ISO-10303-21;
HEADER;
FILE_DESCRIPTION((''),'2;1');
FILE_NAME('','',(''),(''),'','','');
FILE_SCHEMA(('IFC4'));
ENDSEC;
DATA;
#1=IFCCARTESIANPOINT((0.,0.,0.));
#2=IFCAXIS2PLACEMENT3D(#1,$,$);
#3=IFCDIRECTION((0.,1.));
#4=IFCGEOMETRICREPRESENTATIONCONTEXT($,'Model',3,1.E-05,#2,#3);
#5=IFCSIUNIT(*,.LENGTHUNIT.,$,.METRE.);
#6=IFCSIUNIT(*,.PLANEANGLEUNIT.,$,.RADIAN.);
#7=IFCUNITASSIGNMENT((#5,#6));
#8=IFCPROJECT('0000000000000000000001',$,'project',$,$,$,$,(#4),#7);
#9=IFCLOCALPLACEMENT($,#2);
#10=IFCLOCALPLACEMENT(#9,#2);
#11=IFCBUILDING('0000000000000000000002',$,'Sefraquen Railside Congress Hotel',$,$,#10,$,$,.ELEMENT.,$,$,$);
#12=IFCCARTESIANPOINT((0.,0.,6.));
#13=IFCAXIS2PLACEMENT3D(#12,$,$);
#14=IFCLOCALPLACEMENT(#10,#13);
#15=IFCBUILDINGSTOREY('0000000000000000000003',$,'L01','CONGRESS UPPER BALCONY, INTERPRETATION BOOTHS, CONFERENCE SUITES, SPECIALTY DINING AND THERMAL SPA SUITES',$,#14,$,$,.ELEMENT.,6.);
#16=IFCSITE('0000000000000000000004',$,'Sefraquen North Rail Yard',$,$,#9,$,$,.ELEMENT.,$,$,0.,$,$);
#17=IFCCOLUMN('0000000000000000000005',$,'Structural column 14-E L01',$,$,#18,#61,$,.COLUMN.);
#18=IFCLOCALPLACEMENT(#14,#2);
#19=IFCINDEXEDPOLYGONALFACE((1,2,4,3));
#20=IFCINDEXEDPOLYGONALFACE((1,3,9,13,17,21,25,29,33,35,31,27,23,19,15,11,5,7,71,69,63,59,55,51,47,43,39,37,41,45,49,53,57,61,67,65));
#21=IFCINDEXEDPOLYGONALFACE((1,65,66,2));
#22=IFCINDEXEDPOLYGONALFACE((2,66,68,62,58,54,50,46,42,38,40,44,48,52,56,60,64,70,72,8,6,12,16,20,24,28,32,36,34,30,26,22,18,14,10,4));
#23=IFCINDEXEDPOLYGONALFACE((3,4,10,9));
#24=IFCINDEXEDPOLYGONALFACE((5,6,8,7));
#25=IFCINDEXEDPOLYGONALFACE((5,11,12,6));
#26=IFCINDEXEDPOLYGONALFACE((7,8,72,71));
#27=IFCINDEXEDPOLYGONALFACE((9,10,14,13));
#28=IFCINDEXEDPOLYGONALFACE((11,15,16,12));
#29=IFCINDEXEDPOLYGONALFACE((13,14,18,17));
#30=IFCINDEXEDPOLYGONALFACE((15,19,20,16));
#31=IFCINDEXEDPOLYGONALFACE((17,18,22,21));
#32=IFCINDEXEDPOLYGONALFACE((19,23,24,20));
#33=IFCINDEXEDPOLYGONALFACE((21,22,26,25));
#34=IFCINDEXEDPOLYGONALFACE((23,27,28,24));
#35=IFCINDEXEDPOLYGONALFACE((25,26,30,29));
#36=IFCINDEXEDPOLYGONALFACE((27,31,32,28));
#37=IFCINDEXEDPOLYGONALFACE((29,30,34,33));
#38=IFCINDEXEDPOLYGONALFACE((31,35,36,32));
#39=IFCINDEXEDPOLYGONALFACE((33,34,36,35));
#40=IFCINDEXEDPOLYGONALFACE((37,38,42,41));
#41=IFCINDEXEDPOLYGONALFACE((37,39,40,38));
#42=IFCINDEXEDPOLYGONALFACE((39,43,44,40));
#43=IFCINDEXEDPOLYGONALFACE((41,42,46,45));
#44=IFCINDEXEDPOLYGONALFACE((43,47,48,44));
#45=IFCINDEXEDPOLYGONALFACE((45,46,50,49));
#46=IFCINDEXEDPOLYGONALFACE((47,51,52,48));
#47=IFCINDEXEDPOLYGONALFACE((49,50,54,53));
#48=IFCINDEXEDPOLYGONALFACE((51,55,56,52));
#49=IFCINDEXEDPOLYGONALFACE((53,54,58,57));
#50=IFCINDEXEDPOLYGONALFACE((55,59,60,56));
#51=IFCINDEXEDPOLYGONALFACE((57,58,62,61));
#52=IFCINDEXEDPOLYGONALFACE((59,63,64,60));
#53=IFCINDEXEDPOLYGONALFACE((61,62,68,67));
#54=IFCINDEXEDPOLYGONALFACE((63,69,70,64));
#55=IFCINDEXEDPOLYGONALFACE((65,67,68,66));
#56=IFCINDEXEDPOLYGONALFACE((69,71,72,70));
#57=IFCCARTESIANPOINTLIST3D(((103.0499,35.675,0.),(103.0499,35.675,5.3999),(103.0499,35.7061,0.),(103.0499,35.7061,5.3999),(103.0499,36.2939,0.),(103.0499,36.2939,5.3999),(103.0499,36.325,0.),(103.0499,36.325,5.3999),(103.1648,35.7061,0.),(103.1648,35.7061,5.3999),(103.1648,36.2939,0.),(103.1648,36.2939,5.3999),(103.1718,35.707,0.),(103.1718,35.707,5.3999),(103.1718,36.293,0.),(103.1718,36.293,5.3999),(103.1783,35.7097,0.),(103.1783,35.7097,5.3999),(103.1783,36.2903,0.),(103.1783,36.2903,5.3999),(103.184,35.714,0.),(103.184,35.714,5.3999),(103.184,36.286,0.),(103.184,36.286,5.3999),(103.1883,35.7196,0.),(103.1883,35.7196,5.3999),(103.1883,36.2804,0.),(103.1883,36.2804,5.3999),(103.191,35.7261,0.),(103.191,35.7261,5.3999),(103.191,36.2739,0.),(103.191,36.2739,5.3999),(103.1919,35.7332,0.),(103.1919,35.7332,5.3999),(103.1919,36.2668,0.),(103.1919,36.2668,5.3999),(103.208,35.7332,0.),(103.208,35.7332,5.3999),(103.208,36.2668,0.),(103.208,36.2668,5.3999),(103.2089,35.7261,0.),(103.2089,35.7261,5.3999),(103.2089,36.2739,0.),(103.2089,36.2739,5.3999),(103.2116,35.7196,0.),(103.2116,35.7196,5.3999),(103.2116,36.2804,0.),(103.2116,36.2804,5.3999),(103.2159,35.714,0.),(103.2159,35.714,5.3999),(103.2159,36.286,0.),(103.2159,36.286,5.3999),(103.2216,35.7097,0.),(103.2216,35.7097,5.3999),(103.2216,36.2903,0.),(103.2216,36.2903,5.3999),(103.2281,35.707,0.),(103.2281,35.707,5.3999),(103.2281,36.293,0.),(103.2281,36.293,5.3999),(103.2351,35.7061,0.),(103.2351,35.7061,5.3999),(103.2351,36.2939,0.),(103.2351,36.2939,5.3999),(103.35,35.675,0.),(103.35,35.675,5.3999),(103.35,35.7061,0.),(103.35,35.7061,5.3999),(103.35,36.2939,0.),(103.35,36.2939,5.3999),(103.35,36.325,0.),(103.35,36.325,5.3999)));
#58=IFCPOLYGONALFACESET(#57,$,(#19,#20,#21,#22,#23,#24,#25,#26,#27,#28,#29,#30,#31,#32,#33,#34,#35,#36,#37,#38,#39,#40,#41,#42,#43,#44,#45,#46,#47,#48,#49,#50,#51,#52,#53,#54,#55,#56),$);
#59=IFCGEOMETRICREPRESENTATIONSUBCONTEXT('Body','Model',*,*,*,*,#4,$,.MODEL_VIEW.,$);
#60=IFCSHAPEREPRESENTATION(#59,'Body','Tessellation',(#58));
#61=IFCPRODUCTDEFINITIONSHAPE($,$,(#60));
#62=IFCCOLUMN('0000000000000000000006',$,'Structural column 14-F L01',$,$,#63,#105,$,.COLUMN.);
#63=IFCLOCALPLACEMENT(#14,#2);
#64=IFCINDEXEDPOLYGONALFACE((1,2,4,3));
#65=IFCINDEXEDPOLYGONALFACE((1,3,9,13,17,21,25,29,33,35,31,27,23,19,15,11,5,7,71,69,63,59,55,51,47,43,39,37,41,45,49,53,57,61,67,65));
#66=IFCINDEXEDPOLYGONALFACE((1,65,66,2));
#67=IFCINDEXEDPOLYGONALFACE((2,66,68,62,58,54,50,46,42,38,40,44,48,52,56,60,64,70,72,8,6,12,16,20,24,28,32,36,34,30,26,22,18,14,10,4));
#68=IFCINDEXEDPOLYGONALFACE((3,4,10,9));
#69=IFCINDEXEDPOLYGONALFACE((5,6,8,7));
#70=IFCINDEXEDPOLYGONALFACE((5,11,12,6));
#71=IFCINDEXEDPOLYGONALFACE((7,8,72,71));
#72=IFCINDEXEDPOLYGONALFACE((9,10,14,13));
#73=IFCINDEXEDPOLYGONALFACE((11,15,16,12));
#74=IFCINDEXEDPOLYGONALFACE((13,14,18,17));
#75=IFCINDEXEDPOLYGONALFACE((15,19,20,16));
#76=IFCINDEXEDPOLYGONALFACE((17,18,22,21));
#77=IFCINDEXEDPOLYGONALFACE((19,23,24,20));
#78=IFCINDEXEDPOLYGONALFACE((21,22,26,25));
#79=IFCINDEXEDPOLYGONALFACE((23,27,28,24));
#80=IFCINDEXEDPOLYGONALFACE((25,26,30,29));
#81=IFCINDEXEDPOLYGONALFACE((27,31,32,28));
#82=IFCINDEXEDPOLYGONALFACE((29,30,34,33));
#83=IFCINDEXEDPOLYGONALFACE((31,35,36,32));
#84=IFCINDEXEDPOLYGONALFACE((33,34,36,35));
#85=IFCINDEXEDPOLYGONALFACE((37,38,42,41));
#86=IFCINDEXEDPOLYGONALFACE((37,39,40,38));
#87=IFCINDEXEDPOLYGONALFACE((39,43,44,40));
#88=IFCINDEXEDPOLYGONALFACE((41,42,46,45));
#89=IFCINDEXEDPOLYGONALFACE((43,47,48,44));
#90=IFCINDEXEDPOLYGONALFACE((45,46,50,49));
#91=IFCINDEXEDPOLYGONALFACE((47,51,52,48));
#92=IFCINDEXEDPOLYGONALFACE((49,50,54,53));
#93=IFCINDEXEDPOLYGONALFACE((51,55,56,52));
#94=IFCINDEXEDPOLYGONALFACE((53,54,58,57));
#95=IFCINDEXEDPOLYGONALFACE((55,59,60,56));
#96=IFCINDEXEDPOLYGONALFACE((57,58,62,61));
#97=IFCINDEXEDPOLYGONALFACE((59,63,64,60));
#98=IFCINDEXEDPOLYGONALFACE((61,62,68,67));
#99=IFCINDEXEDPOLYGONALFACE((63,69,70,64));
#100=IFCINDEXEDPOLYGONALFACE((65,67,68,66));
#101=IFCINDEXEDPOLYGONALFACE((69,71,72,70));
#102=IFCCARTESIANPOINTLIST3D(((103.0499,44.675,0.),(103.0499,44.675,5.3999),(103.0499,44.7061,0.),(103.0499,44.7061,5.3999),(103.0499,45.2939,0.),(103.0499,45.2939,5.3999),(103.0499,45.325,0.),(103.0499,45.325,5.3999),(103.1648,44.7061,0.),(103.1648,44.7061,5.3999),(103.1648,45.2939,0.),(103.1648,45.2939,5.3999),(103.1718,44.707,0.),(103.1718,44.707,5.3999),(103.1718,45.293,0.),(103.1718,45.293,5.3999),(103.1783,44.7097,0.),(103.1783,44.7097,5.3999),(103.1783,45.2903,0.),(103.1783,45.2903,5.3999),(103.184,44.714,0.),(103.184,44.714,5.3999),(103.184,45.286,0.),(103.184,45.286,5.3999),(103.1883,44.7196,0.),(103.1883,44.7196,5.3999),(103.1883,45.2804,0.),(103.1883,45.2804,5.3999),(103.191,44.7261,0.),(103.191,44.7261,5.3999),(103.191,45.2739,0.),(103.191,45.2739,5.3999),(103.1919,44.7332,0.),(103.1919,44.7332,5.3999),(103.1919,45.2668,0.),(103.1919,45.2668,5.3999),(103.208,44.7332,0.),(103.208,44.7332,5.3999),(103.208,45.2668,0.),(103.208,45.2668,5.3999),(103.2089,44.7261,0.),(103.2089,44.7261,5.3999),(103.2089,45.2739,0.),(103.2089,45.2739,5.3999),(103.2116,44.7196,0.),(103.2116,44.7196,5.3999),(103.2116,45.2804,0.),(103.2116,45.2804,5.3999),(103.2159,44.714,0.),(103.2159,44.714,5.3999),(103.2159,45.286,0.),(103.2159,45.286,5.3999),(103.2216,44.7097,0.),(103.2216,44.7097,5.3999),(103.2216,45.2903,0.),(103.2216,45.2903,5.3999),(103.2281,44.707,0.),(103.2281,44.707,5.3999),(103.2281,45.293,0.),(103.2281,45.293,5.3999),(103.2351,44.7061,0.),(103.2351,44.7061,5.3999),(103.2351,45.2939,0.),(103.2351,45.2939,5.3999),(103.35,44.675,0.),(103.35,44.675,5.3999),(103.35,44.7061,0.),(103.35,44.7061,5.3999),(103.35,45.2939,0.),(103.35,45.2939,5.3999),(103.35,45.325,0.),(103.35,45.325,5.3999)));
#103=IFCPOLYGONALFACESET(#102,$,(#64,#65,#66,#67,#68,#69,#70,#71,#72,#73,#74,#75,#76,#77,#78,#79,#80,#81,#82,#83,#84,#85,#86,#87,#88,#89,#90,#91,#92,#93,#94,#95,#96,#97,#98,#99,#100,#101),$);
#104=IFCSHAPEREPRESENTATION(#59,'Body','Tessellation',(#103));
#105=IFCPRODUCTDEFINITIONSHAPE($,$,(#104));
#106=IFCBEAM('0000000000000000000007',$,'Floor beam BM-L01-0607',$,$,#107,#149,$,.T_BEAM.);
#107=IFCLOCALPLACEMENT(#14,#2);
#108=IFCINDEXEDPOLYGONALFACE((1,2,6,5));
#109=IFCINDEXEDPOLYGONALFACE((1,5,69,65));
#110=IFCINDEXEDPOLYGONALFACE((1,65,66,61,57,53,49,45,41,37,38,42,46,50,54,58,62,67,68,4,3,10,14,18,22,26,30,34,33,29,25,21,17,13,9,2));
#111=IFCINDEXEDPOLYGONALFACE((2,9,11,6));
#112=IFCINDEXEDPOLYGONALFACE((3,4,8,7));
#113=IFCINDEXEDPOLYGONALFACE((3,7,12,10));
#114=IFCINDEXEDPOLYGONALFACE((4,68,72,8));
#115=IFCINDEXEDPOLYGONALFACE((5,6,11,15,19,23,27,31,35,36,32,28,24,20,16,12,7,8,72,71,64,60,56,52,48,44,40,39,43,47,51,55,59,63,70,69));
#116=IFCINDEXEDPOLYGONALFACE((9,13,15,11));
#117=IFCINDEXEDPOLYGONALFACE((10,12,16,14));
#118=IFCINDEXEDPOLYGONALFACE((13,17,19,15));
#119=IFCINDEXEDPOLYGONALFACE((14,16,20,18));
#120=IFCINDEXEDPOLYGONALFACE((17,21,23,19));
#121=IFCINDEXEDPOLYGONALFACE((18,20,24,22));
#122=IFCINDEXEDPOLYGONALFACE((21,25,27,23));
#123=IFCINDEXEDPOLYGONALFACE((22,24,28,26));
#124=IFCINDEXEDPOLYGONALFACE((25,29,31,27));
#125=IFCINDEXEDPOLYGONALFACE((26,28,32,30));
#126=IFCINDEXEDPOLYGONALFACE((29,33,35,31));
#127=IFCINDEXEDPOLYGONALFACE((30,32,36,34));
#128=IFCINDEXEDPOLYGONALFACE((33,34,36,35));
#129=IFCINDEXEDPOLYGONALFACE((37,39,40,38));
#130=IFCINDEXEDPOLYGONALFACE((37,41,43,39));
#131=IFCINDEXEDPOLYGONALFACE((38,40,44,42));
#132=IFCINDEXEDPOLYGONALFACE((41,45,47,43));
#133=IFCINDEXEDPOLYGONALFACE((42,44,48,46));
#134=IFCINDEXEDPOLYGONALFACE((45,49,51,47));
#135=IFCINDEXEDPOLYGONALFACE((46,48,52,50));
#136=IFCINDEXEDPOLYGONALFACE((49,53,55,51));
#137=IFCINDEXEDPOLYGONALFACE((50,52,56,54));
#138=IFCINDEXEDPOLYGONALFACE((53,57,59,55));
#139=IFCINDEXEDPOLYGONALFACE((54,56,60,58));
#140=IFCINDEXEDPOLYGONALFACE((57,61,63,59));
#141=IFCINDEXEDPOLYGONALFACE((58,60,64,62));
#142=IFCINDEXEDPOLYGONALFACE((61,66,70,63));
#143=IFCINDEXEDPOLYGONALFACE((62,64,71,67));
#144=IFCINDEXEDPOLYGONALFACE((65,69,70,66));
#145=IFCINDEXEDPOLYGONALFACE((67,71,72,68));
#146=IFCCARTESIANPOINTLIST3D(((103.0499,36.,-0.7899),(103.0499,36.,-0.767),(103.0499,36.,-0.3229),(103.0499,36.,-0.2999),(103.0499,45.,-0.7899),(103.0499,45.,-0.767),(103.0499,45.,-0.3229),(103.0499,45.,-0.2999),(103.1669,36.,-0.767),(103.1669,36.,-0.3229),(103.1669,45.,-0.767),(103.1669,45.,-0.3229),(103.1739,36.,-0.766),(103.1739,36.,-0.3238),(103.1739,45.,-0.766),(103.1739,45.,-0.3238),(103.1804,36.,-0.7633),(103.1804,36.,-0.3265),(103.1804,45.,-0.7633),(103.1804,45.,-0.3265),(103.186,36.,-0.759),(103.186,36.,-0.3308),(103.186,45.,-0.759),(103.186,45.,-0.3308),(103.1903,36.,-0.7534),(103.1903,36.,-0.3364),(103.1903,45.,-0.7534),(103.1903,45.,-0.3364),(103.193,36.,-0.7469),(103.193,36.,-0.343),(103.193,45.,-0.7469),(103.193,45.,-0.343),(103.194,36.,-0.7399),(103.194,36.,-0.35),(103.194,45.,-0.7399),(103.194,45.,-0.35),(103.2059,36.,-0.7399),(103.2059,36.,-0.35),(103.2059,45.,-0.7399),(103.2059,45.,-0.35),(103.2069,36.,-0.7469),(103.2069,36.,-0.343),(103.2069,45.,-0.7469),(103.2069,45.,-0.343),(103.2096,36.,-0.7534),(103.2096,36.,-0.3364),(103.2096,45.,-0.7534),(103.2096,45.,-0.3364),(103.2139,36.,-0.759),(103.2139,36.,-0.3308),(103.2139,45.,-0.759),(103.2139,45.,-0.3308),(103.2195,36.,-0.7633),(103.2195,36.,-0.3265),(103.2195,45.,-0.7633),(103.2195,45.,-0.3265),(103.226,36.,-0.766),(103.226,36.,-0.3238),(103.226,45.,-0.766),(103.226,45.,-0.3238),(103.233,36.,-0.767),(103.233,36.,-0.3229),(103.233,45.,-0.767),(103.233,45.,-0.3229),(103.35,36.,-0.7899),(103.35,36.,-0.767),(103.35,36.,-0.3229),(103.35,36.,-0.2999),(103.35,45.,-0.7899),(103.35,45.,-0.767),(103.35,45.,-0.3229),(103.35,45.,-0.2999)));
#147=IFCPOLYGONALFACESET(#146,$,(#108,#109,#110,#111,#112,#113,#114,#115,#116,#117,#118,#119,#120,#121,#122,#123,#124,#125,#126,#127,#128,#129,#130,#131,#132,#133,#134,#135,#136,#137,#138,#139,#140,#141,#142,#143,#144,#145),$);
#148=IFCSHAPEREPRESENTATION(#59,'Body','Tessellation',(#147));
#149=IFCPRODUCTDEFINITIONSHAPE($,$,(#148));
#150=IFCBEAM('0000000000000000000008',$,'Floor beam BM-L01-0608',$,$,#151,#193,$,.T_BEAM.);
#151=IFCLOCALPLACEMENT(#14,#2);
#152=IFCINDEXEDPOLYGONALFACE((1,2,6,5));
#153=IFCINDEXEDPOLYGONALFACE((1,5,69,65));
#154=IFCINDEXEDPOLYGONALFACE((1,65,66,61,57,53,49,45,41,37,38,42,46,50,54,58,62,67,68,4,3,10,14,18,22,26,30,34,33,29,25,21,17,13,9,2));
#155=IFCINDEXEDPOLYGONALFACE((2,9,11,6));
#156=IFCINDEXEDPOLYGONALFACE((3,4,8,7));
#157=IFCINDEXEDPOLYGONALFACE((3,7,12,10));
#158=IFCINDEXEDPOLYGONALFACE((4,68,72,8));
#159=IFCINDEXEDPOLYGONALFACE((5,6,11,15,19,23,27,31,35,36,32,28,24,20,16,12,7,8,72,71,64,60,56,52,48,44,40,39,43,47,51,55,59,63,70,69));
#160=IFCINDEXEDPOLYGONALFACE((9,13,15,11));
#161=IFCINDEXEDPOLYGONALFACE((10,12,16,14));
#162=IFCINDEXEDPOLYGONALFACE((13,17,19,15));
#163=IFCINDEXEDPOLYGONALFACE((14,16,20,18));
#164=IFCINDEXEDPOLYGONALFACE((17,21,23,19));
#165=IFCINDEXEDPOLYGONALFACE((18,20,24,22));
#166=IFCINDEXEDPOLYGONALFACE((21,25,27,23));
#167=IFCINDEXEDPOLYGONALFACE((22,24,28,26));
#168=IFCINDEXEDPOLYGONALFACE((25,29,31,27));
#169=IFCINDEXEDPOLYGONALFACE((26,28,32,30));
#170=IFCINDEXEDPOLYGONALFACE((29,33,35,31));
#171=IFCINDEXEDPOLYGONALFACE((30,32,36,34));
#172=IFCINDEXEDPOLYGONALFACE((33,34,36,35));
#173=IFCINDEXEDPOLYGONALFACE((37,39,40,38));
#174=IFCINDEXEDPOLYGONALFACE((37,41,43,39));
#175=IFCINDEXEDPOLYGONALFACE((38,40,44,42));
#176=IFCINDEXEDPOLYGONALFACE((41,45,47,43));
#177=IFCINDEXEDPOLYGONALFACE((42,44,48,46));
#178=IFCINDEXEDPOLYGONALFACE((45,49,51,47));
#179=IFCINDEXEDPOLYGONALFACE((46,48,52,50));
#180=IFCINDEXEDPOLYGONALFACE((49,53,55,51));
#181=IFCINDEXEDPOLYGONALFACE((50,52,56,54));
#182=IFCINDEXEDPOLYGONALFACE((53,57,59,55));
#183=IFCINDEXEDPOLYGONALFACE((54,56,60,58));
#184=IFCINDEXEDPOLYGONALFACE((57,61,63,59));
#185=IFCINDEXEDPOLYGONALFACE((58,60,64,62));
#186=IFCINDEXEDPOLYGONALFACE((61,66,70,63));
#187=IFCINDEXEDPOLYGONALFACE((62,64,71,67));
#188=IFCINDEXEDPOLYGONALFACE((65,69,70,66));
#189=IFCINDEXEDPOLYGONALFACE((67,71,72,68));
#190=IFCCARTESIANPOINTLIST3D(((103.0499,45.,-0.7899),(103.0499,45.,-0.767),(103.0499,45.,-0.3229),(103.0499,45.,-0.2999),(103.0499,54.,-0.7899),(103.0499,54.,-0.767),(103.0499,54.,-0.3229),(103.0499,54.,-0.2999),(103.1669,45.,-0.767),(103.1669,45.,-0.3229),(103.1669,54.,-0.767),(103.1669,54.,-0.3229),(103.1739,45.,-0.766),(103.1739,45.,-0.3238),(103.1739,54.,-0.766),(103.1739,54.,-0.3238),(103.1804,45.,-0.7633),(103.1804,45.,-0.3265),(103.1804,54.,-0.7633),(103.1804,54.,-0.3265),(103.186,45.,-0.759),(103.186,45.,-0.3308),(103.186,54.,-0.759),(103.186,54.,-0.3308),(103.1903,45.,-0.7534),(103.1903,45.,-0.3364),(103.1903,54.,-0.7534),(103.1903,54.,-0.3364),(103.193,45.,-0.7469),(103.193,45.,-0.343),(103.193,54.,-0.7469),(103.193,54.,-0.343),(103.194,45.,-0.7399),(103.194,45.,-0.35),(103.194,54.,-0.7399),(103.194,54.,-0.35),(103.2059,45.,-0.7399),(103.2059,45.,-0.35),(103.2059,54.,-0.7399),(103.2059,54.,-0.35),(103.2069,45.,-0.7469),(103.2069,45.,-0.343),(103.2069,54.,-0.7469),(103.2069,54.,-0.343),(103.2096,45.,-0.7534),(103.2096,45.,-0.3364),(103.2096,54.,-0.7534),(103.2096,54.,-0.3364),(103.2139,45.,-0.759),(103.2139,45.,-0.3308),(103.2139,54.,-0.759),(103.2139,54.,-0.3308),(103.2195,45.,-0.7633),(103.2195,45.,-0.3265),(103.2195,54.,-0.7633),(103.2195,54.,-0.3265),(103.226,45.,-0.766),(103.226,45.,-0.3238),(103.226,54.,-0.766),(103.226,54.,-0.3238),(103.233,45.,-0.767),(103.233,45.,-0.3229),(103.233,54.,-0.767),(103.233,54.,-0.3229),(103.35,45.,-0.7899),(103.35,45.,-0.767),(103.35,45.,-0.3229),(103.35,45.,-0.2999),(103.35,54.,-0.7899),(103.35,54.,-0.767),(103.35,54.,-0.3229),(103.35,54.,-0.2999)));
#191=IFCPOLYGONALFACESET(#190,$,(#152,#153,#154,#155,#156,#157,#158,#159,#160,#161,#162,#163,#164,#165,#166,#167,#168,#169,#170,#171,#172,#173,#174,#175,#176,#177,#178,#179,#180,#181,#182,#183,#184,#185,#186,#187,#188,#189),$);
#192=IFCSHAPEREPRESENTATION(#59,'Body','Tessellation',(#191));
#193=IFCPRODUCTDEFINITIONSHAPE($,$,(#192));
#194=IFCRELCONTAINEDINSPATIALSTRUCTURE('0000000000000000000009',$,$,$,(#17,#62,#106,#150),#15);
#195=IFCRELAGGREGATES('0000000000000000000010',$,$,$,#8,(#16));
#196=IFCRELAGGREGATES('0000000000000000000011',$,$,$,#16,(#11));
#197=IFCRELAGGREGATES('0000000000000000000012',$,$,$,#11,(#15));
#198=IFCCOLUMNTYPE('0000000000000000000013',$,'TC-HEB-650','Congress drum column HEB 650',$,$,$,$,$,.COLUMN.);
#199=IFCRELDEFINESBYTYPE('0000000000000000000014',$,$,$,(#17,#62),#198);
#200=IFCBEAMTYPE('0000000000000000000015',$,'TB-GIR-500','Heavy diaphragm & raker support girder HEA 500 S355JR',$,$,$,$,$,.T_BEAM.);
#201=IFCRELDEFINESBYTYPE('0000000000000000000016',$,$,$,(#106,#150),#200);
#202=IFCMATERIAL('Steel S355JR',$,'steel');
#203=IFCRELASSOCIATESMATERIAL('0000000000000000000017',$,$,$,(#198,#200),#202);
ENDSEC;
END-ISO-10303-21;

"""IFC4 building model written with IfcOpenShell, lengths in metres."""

from ifc_helpers import new_model, si_unit, direction, frame, origin, origin_2d, place, context, subcontext, project, spatial, i_section, extrude, material, material_profile, profile_set, type_object, element, save


model = new_model("IFC4")

# Units and contexts
model_context = context("Model", 3, precision=1e-05, world=origin(), true_north=direction((0.0, 1.0)))
body_context = subcontext(model_context, "Body", "Model", "MODEL_VIEW")
ifc_project = project(units=[si_unit("LENGTHUNIT", "METRE"), si_unit("PLANEANGLEUNIT", "RADIAN")], contexts=[model_context])

# Site, building, storey
site_placement = place(None, origin())
site = spatial("IfcSite", under=ifc_project, at=site_placement, Name="Sefraquen North Rail Yard", CompositionType="ELEMENT", RefElevation=0.0)
building_placement = place(site_placement, origin())
building = spatial("IfcBuilding", under=site, at=building_placement, Name="Sefraquen Railside Congress Hotel", CompositionType="ELEMENT")
storey_placement = place(building_placement, frame((0.0, 0.0, 6.0)))
storey = spatial("IfcBuildingStorey", under=building, at=storey_placement, Name="L01", Description="CONGRESS UPPER BALCONY, INTERPRETATION BOOTHS, CONFERENCE SUITES, SPECIALTY DINING AND THERMAL SPA SUITES", CompositionType="ELEMENT", Elevation=6.0)

# Columns
ifc_material_1 = material(Name="Steel S355JR", Category="steel")
ifc_material_profile_1 = material_profile(ifc_material_1, i_section(OverallWidth=0.3, OverallDepth=0.6499, WebThickness=0.0161, FlangeThickness=0.031, FilletRadius=0.0271, at=origin_2d()), Name="HEB 650")
ifc_profile_set_1 = profile_set([ifc_material_profile_1], Name="Steel S355JR")
column_type_1 = type_object("IfcColumnType", Name="TC-HEB-650", Description="Congress drum column HEB 650", PredefinedType="COLUMN", material=ifc_profile_set_1)
for number, where, z_axis, x_axis, name in (
    (1, (103.2, 36.0, 0.0), (0.0, 0.0, 1.0), (1.0, 0.0, 0.0), "Structural column 14-E L01"),
    (2, (103.2, 45.0, 0.0), (0.0, 0.0, 1.0), (1.0, 0.0, 0.0), "Structural column 14-F L01"),
):
    element("IfcColumn", number, at=place(storey_placement, frame(where, z_axis=z_axis, x_axis=x_axis)), inside=storey, type_object=column_type_1, Name=name, PredefinedType="COLUMN", context=body_context, shape_type="SweptSolid", body=[
        extrude(i_section(OverallWidth=0.3, OverallDepth=0.6499, WebThickness=0.0161, FlangeThickness=0.031, FilletRadius=0.0271, at=origin_2d()), origin(), (0.0, 0.0, 1.0), 5.3999),
    ])

# Beams
ifc_material_profile_2 = material_profile(ifc_material_1, i_section(OverallWidth=0.3, OverallDepth=0.49, WebThickness=0.012, FlangeThickness=0.0229, FilletRadius=0.0271, at=origin_2d()), Name="HEA 500")
ifc_profile_set_2 = profile_set([ifc_material_profile_2], Name="Steel S355JR")
beam_type_1 = type_object("IfcBeamType", Name="TB-GIR-500", Description="Heavy diaphragm & raker support girder HEA 500 S355JR", PredefinedType="T_BEAM", material=ifc_profile_set_2)
for number, where, z_axis, x_axis, name in (
    (3, (103.2, 36.0, -0.5449), (0.0, 1.0, 0.0), (-1.0, 0.0, 0.0), "Floor beam BM-L01-0607"),
    (4, (103.2, 45.0, -0.5449), (0.0, 1.0, 0.0), (-1.0, 0.0, 0.0), "Floor beam BM-L01-0608"),
):
    element("IfcBeam", number, at=place(storey_placement, frame(where, z_axis=z_axis, x_axis=x_axis)), inside=storey, type_object=beam_type_1, Name=name, PredefinedType="T_BEAM", context=body_context, shape_type="SweptSolid", body=[
        extrude(i_section(OverallWidth=0.3, OverallDepth=0.49, WebThickness=0.012, FlangeThickness=0.0229, FilletRadius=0.0271, at=origin_2d()), origin(), (0.0, 0.0, 1.0), 9.0),
    ])

save(model, "model.ifc")
